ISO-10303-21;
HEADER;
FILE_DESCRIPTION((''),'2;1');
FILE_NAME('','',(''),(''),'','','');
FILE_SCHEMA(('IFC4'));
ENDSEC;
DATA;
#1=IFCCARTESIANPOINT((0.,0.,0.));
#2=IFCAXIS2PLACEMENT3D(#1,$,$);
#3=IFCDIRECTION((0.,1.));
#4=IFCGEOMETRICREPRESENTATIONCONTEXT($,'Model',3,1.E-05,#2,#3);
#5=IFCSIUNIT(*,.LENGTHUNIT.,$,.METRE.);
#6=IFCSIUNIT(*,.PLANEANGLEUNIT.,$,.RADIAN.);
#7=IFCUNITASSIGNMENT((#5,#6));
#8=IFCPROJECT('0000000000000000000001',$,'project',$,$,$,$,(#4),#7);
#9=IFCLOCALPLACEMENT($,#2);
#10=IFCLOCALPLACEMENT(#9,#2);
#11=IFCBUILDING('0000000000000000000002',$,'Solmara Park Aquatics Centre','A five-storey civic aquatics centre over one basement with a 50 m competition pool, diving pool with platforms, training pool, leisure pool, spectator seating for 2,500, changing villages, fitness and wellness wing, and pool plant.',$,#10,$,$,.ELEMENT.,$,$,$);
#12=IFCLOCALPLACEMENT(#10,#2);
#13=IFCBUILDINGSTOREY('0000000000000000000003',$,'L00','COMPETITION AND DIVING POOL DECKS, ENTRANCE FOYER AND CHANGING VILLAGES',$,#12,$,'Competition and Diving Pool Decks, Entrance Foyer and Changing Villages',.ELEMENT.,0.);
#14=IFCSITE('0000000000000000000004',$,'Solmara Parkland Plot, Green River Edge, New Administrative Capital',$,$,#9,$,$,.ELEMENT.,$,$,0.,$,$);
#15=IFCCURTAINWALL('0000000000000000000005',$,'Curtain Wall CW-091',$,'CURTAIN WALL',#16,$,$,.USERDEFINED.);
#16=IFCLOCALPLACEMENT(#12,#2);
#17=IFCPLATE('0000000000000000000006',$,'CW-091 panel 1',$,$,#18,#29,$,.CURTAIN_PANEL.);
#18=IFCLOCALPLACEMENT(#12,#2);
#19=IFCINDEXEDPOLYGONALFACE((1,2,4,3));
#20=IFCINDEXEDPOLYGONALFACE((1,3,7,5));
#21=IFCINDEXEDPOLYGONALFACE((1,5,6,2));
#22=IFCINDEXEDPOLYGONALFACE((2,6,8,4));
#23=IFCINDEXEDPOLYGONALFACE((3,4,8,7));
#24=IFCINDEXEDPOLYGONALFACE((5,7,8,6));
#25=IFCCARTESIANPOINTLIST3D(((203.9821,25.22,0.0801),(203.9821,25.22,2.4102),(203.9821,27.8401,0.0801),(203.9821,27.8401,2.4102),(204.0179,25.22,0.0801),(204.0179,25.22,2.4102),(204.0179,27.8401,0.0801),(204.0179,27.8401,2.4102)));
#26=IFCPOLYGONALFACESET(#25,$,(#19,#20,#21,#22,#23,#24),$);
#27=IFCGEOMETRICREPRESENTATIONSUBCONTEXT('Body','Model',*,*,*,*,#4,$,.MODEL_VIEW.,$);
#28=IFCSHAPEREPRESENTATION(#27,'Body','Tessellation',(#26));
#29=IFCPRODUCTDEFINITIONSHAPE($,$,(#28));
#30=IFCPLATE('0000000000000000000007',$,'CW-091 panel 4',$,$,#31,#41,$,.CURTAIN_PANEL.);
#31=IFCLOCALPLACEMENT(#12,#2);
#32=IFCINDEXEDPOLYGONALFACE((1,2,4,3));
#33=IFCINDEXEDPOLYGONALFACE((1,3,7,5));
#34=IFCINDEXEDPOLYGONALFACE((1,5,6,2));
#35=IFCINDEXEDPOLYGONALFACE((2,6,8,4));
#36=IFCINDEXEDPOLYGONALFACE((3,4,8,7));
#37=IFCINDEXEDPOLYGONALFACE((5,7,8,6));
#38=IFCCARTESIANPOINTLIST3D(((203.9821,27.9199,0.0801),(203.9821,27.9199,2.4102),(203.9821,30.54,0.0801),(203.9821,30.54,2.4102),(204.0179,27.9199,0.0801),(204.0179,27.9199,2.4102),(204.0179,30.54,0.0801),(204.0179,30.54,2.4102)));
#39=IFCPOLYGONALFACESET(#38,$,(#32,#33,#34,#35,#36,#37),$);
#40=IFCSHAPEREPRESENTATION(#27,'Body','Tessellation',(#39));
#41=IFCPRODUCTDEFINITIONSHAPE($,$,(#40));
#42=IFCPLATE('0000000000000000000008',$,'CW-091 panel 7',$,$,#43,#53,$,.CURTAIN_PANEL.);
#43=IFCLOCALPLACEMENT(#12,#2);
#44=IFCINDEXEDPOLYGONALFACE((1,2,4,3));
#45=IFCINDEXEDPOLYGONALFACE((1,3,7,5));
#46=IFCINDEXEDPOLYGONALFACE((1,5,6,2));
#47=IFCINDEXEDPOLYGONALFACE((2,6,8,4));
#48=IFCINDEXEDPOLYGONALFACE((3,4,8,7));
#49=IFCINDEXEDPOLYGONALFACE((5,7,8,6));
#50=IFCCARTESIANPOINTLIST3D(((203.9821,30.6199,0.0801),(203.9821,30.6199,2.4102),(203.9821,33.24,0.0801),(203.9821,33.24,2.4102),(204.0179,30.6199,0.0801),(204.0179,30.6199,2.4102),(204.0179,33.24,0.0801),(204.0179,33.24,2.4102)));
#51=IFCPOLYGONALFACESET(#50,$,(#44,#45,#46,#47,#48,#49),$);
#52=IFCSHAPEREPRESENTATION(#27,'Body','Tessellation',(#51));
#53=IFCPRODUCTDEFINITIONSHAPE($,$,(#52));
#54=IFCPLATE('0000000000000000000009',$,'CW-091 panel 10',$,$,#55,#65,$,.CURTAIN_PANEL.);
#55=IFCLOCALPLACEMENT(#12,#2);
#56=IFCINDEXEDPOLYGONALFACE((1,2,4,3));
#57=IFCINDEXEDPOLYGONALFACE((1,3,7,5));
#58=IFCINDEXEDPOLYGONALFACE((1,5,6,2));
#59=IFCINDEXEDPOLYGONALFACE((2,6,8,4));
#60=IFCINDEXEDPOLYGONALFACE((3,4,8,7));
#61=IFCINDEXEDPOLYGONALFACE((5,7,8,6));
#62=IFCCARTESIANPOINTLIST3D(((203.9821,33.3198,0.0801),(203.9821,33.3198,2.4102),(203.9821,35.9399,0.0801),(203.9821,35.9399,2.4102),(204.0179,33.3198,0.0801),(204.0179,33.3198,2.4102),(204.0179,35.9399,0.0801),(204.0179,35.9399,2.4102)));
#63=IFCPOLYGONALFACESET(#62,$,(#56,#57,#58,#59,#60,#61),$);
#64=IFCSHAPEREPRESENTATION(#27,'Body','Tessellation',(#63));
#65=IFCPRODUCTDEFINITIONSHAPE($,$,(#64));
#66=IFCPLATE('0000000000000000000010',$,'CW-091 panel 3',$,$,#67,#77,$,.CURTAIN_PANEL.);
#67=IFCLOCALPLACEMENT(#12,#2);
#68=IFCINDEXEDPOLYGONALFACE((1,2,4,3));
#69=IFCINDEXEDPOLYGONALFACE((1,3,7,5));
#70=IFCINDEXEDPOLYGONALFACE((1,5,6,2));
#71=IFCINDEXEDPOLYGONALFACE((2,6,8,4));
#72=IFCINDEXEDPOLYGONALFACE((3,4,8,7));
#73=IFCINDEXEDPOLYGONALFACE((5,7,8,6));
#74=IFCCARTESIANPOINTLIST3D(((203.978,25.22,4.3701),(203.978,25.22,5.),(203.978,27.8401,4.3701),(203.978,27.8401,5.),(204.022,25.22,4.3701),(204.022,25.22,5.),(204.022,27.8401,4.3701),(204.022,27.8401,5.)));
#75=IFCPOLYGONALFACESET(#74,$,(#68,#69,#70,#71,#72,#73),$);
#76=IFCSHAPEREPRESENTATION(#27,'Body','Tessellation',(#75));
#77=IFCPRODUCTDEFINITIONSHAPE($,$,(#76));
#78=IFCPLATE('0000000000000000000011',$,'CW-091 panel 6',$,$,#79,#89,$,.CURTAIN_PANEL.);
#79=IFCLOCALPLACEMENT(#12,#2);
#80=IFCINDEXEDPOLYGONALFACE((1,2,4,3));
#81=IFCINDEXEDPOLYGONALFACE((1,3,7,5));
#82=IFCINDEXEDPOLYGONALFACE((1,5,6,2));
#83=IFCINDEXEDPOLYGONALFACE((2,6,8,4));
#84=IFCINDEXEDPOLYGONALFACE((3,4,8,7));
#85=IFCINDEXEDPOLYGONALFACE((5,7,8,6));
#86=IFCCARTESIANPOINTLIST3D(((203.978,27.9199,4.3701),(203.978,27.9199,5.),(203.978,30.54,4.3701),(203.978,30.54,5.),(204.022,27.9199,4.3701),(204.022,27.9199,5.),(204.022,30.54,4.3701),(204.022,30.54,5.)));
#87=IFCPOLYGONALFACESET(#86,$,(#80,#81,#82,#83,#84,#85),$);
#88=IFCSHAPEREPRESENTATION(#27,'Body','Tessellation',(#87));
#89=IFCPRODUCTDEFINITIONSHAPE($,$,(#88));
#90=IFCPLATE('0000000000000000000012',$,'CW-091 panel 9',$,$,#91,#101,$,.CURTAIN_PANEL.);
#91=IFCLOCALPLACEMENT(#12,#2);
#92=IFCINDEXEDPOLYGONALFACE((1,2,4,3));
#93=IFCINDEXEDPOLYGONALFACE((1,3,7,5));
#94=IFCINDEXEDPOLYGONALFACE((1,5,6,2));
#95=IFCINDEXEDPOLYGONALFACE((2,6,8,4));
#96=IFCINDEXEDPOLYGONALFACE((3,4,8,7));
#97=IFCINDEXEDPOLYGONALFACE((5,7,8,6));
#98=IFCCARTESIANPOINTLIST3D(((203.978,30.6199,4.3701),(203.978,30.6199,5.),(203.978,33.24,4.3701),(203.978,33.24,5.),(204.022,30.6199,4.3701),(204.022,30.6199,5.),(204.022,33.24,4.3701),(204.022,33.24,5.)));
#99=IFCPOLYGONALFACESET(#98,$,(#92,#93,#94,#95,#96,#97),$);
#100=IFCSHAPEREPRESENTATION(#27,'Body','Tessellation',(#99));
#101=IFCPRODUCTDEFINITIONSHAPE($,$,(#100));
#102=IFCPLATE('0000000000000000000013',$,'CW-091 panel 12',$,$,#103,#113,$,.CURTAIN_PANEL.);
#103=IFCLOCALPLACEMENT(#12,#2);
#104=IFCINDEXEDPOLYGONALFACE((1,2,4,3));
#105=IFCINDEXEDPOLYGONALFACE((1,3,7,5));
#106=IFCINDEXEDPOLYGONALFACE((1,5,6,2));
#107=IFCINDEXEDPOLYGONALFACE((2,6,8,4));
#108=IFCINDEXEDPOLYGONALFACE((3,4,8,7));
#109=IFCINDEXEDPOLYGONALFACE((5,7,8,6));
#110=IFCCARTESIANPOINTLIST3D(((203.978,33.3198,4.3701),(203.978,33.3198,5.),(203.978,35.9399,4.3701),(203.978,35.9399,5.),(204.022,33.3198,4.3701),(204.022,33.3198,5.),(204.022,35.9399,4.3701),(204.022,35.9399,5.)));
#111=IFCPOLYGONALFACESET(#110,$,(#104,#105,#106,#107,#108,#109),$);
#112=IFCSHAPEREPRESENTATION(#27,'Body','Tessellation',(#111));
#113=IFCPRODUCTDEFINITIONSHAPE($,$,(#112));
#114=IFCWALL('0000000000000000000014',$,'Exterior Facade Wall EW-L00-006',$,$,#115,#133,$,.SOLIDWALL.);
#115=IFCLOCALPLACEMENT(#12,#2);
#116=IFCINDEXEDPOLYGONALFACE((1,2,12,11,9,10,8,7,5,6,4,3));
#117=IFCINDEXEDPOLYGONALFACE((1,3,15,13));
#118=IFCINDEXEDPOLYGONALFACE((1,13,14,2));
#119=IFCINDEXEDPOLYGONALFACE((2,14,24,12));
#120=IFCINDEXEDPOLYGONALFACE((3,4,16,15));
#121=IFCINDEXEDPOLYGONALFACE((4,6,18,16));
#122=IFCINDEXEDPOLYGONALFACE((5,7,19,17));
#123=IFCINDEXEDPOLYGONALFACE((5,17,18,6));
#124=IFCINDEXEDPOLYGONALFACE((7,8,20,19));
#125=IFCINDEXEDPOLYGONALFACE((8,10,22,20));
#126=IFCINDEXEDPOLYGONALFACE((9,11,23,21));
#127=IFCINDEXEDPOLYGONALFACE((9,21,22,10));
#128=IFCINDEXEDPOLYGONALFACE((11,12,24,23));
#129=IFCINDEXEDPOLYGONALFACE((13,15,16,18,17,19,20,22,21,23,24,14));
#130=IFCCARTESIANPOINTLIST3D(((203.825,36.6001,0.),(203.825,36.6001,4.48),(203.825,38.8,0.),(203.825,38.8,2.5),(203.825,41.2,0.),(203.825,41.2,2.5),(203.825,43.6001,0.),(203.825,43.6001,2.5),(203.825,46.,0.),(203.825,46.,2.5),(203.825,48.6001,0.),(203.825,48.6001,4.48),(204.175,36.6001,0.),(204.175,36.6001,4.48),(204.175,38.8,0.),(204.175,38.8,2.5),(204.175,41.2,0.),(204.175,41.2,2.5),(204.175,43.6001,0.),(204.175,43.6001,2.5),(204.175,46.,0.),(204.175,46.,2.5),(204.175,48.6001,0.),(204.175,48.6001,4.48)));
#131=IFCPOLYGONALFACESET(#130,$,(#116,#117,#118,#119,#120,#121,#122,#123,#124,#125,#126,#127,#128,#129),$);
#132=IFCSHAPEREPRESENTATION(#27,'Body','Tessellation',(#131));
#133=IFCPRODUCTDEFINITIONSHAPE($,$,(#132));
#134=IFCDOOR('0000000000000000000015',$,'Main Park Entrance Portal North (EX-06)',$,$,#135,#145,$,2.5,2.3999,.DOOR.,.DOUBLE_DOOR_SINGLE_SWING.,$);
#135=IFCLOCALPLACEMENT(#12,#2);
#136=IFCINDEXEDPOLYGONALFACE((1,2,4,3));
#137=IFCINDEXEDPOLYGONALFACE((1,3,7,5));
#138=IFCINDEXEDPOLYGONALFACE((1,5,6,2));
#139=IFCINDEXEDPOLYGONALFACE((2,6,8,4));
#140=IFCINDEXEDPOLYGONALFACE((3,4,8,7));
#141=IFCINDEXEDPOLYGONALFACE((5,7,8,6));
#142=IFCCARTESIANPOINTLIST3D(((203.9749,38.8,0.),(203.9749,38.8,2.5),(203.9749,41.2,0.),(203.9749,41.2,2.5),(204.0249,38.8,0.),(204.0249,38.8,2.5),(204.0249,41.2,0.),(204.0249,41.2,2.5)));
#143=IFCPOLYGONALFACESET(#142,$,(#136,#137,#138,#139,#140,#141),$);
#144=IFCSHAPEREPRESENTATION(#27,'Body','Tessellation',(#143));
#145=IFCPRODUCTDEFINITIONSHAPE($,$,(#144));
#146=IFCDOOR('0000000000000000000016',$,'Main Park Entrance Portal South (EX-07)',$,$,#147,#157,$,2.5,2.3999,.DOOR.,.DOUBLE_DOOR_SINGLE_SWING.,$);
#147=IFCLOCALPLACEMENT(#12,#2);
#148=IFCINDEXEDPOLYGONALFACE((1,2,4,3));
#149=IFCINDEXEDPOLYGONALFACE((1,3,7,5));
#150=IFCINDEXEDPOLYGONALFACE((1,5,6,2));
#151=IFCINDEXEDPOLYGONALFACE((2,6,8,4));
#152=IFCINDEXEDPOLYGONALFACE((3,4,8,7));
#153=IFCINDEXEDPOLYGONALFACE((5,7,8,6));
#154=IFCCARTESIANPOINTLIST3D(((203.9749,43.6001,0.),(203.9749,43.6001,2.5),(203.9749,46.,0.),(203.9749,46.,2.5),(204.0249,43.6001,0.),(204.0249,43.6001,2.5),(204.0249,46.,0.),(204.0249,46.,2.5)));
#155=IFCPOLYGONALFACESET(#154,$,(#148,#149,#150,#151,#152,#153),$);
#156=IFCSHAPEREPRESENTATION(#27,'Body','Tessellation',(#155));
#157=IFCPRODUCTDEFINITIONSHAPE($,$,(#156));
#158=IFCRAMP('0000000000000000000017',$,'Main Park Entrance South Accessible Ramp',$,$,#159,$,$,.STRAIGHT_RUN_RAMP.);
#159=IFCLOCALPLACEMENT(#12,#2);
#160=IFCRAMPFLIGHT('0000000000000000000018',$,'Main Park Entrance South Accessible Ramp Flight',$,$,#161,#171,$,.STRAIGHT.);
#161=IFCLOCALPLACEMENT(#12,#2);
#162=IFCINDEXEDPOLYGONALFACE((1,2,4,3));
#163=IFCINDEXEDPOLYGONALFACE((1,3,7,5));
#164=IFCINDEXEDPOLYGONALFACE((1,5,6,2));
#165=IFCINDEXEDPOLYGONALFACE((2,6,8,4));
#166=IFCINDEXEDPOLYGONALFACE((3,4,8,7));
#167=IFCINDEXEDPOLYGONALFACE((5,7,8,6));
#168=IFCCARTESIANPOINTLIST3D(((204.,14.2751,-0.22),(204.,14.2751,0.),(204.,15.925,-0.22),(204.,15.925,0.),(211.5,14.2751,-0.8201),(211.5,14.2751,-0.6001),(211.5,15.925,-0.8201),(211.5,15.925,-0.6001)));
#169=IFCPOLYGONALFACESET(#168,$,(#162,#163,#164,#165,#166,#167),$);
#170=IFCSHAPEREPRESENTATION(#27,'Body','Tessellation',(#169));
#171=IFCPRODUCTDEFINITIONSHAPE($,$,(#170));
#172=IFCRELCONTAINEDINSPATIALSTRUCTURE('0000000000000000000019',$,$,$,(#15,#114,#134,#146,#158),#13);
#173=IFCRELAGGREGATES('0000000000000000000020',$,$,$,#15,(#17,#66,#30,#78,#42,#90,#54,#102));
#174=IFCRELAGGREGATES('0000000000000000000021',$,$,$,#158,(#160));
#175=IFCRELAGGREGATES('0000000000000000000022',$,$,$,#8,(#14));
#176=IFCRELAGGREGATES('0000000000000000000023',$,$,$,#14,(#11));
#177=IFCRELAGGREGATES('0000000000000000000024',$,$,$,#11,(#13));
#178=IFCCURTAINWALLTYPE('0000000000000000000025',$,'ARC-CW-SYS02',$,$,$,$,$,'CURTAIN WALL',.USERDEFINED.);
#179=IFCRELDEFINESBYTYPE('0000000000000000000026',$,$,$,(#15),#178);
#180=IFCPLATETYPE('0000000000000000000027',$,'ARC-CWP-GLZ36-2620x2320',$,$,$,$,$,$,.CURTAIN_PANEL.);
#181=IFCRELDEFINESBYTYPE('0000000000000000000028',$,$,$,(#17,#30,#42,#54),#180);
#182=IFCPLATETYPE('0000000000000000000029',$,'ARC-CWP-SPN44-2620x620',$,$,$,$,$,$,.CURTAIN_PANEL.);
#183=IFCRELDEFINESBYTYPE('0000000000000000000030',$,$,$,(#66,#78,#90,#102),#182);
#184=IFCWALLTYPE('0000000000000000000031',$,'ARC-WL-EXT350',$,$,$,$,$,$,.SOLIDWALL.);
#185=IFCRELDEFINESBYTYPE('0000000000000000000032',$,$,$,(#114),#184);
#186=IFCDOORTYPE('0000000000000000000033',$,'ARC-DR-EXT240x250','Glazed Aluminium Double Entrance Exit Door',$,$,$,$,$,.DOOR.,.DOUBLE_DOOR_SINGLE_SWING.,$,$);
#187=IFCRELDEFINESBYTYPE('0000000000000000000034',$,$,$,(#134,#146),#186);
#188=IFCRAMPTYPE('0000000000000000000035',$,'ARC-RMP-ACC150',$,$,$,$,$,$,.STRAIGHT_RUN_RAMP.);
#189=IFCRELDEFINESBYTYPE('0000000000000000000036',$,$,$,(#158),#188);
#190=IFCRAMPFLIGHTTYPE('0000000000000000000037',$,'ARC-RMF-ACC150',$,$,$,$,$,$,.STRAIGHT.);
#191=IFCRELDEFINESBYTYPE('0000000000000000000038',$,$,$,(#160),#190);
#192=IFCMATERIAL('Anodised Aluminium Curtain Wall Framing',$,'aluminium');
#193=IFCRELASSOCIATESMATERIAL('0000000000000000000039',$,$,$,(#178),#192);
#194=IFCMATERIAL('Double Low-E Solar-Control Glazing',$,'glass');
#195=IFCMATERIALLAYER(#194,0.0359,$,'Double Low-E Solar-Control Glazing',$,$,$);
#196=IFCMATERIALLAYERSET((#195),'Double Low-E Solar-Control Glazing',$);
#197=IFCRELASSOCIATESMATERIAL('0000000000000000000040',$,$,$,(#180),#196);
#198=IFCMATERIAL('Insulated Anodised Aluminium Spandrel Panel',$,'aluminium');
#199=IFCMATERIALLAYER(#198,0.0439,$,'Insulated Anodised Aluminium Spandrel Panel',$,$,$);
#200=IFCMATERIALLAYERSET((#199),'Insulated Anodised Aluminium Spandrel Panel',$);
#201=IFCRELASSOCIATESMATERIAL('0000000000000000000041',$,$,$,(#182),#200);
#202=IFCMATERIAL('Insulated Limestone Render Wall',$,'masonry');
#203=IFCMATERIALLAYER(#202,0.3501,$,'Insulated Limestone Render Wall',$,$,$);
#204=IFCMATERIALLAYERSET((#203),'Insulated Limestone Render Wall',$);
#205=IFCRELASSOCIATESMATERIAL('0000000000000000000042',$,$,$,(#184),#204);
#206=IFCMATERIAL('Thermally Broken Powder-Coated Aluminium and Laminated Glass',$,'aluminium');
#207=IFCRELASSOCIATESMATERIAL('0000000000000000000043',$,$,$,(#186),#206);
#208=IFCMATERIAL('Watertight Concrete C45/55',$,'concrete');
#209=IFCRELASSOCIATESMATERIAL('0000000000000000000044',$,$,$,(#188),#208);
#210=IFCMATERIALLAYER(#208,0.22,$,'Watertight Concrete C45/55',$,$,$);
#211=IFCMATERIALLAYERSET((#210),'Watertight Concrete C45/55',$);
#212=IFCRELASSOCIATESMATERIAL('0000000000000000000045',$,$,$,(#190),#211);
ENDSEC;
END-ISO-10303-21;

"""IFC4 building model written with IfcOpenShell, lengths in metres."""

from ifc_helpers import new_model, si_unit, direction, frame, frame_2d, origin, origin_2d, place, context, subcontext, project, spatial, polyline, rectangle, outline, extrude, material, layer, layer_set, type_object, element, fill, aggregate, save


model = new_model("IFC4")

# Units and contexts
model_context = context("Model", 3, precision=1e-05, world=origin(), true_north=direction((0.0, 1.0)))
body_context = subcontext(model_context, "Body", "Model", "MODEL_VIEW")
ifc_project = project(units=[si_unit("LENGTHUNIT", "METRE"), si_unit("PLANEANGLEUNIT", "RADIAN")], contexts=[model_context])

# Site, building, storey
site_placement = place(None, origin())
site = spatial("IfcSite", under=ifc_project, at=site_placement, Name="Solmara Parkland Plot, Green River Edge, New Administrative Capital", CompositionType="ELEMENT", RefElevation=0.0)
building_placement = place(site_placement, origin())
building = spatial("IfcBuilding", under=site, at=building_placement, Name="Solmara Park Aquatics Centre", Description="A five-storey civic aquatics centre over one basement with a 50 m competition pool, diving pool with platforms, training pool, leisure pool, spectator seating for 2,500, changing villages, fitness and wellness wing, and pool plant.", CompositionType="ELEMENT")
storey_placement = place(building_placement, origin())
storey = spatial("IfcBuildingStorey", under=building, at=storey_placement, Name="L00", Description="COMPETITION AND DIVING POOL DECKS, ENTRANCE FOYER AND CHANGING VILLAGES", LongName="Competition and Diving Pool Decks, Entrance Foyer and Changing Villages", CompositionType="ELEMENT", Elevation=0.0)

# Curtain wall
ifc_material_1 = material(Name="Anodised Aluminium Curtain Wall Framing", Category="aluminium")
curtain_wall_type = type_object("IfcCurtainWallType", Name="ARC-CW-SYS02", ElementType="CURTAIN WALL", PredefinedType="USERDEFINED", material=ifc_material_1)
curtain_wall_placement = place(storey_placement, origin())
curtain_wall = element("IfcCurtainWall", 1, at=curtain_wall_placement, inside=storey, type_object=curtain_wall_type, Name="Curtain Wall CW-091", ObjectType="CURTAIN WALL", PredefinedType="USERDEFINED")

# Plates
ifc_material_2 = material(Name="Double Low-E Solar-Control Glazing", Category="glass")
ifc_layer_1 = layer(ifc_material_2, 0.0359, Name="Double Low-E Solar-Control Glazing")
ifc_layer_set_1 = layer_set([ifc_layer_1], Name="Double Low-E Solar-Control Glazing")
plate_type_1 = type_object("IfcPlateType", Name="ARC-CWP-GLZ36-2620x2320", PredefinedType="CURTAIN_PANEL", material=ifc_layer_set_1)
plate_1_placement = place(storey_placement, frame((204.0, 26.53, 0.0801), z_axis=(0.0, 0.0, 1.0), x_axis=(0.0, 1.0, 0.0)))
plate_1 = element("IfcPlate", 2, at=plate_1_placement, type_object=plate_type_1, Name="CW-091 panel 1", PredefinedType="CURTAIN_PANEL", context=body_context, shape_type="SweptSolid", body=[
    extrude(rectangle(XDim=2.6201, YDim=0.0359, at=origin_2d()), origin(), (0.0, 0.0, 1.0), 2.3301),
])
plate_2_placement = place(storey_placement, frame((204.0, 29.23, 0.0801), z_axis=(0.0, 0.0, 1.0), x_axis=(0.0, 1.0, 0.0)))
plate_2 = element("IfcPlate", 3, at=plate_2_placement, type_object=plate_type_1, Name="CW-091 panel 4", PredefinedType="CURTAIN_PANEL", context=body_context, shape_type="SweptSolid", body=[
    extrude(rectangle(XDim=2.6201, YDim=0.0359, at=origin_2d()), origin(), (0.0, 0.0, 1.0), 2.3301),
])
plate_3_placement = place(storey_placement, frame((204.0, 31.9299, 0.0801), z_axis=(0.0, 0.0, 1.0), x_axis=(0.0, 1.0, 0.0)))
plate_3 = element("IfcPlate", 4, at=plate_3_placement, type_object=plate_type_1, Name="CW-091 panel 7", PredefinedType="CURTAIN_PANEL", context=body_context, shape_type="SweptSolid", body=[
    extrude(rectangle(XDim=2.6201, YDim=0.0359, at=origin_2d()), origin(), (0.0, 0.0, 1.0), 2.3301),
])
plate_4_placement = place(storey_placement, frame((204.0, 34.6299, 0.0801), z_axis=(0.0, 0.0, 1.0), x_axis=(0.0, 1.0, 0.0)))
plate_4 = element("IfcPlate", 5, at=plate_4_placement, type_object=plate_type_1, Name="CW-091 panel 10", PredefinedType="CURTAIN_PANEL", context=body_context, shape_type="SweptSolid", body=[
    extrude(rectangle(XDim=2.6201, YDim=0.0359, at=origin_2d()), origin(), (0.0, 0.0, 1.0), 2.3301),
])
ifc_material_3 = material(Name="Insulated Anodised Aluminium Spandrel Panel", Category="aluminium")
ifc_layer_2 = layer(ifc_material_3, 0.0439, Name="Insulated Anodised Aluminium Spandrel Panel")
ifc_layer_set_2 = layer_set([ifc_layer_2], Name="Insulated Anodised Aluminium Spandrel Panel")
plate_type_2 = type_object("IfcPlateType", Name="ARC-CWP-SPN44-2620x620", PredefinedType="CURTAIN_PANEL", material=ifc_layer_set_2)
plate_5_placement = place(storey_placement, frame((204.0, 26.53, 4.3701), z_axis=(0.0, 0.0, 1.0), x_axis=(0.0, 1.0, 0.0)))
plate_5 = element("IfcPlate", 6, at=plate_5_placement, type_object=plate_type_2, Name="CW-091 panel 3", PredefinedType="CURTAIN_PANEL", context=body_context, shape_type="SweptSolid", body=[
    extrude(rectangle(XDim=2.6201, YDim=0.0439, at=origin_2d()), origin(), (0.0, 0.0, 1.0), 0.6299),
])
plate_6_placement = place(storey_placement, frame((204.0, 29.23, 4.3701), z_axis=(0.0, 0.0, 1.0), x_axis=(0.0, 1.0, 0.0)))
plate_6 = element("IfcPlate", 7, at=plate_6_placement, type_object=plate_type_2, Name="CW-091 panel 6", PredefinedType="CURTAIN_PANEL", context=body_context, shape_type="SweptSolid", body=[
    extrude(rectangle(XDim=2.6201, YDim=0.0439, at=origin_2d()), origin(), (0.0, 0.0, 1.0), 0.6299),
])
plate_7_placement = place(storey_placement, frame((204.0, 31.9299, 4.3701), z_axis=(0.0, 0.0, 1.0), x_axis=(0.0, 1.0, 0.0)))
plate_7 = element("IfcPlate", 8, at=plate_7_placement, type_object=plate_type_2, Name="CW-091 panel 9", PredefinedType="CURTAIN_PANEL", context=body_context, shape_type="SweptSolid", body=[
    extrude(rectangle(XDim=2.6201, YDim=0.0439, at=origin_2d()), origin(), (0.0, 0.0, 1.0), 0.6299),
])
plate_8_placement = place(storey_placement, frame((204.0, 34.6299, 4.3701), z_axis=(0.0, 0.0, 1.0), x_axis=(0.0, 1.0, 0.0)))
plate_8 = element("IfcPlate", 9, at=plate_8_placement, type_object=plate_type_2, Name="CW-091 panel 12", PredefinedType="CURTAIN_PANEL", context=body_context, shape_type="SweptSolid", body=[
    extrude(rectangle(XDim=2.6201, YDim=0.0439, at=origin_2d()), origin(), (0.0, 0.0, 1.0), 0.6299),
])
aggregate(curtain_wall, [plate_1, plate_5, plate_2, plate_6, plate_3, plate_7, plate_4, plate_8])

# Wall, openings, doors
ifc_material_4 = material(Name="Insulated Limestone Render Wall", Category="masonry")
ifc_layer_3 = layer(ifc_material_4, 0.3501, Name="Insulated Limestone Render Wall")
ifc_layer_set_3 = layer_set([ifc_layer_3], Name="Insulated Limestone Render Wall")
wall_type = type_object("IfcWallType", Name="ARC-WL-EXT350", PredefinedType="SOLIDWALL", material=ifc_layer_set_3)
wall_placement = place(storey_placement, frame((204.0, 36.6001, 0.0), z_axis=(0.0, 0.0, 1.0), x_axis=(0.0, 1.0, 0.0)))
wall = element("IfcWall", 10, at=wall_placement, inside=storey, type_object=wall_type, Name="Exterior Facade Wall EW-L00-006", PredefinedType="SOLIDWALL", context=body_context, shape_type="SweptSolid", body=[
    extrude(rectangle(XDim=12.0, YDim=0.3501, at=frame_2d((6.0, 0.0))), origin(), (0.0, 0.0, 1.0), 4.48),
])
opening_1_placement = place(wall_placement, frame((2.2, 0.0, 0.0)))
opening_1 = element("IfcOpeningElement", 11, at=opening_1_placement, cuts=wall, PredefinedType="OPENING", context=body_context, shape_type="SweptSolid", body=[
    extrude(rectangle(XDim=2.3999, YDim=2.5, at=frame_2d((1.2, 1.25))), frame((0.0, 0.1851, 0.0), z_axis=(0.0, -1.0, 0.0), x_axis=(1.0, 0.0, 0.0)), (0.0, 0.0, 1.0), 0.3701),
])
opening_2_placement = place(wall_placement, frame((7.0, 0.0, 0.0)))
opening_2 = element("IfcOpeningElement", 12, at=opening_2_placement, cuts=wall, PredefinedType="OPENING", context=body_context, shape_type="SweptSolid", body=[
    extrude(rectangle(XDim=2.3999, YDim=2.5, at=frame_2d((1.2, 1.25))), frame((0.0, 0.1851, 0.0), z_axis=(0.0, -1.0, 0.0), x_axis=(1.0, 0.0, 0.0)), (0.0, 0.0, 1.0), 0.3701),
])
ifc_material_5 = material(Name="Thermally Broken Powder-Coated Aluminium and Laminated Glass", Category="aluminium")
door_type = type_object("IfcDoorType", Name="ARC-DR-EXT240x250", Description="Glazed Aluminium Double Entrance Exit Door", OperationType="DOUBLE_DOOR_SINGLE_SWING", PredefinedType="DOOR", material=ifc_material_5)
door_1_placement = place(opening_1_placement, frame((2.3999, 0.0, 0.0), z_axis=(0.0, 0.0, 1.0), x_axis=(-1.0, 0.0, 0.0)))
door_1 = element("IfcDoor", 13, at=door_1_placement, inside=storey, type_object=door_type, Name="Main Park Entrance Portal North (EX-06)", OperationType="DOUBLE_DOOR_SINGLE_SWING", OverallHeight=2.5, OverallWidth=2.3999, PredefinedType="DOOR", context=body_context, shape_type="SweptSolid", body=[
    extrude(rectangle(XDim=2.3999, YDim=2.5, at=frame_2d((1.2, 1.25))), frame((0.0, 0.0249, 0.0), z_axis=(0.0, -1.0, 0.0), x_axis=(1.0, 0.0, 0.0)), (0.0, 0.0, 1.0), 0.05),
])
fill(opening_1, door_1)
door_2_placement = place(opening_2_placement, frame((2.3999, 0.0, 0.0), z_axis=(0.0, 0.0, 1.0), x_axis=(-1.0, 0.0, 0.0)))
door_2 = element("IfcDoor", 14, at=door_2_placement, inside=storey, type_object=door_type, Name="Main Park Entrance Portal South (EX-07)", OperationType="DOUBLE_DOOR_SINGLE_SWING", OverallHeight=2.5, OverallWidth=2.3999, PredefinedType="DOOR", context=body_context, shape_type="SweptSolid", body=[
    extrude(rectangle(XDim=2.3999, YDim=2.5, at=frame_2d((1.2, 1.25))), frame((0.0, 0.0249, 0.0), z_axis=(0.0, -1.0, 0.0), x_axis=(1.0, 0.0, 0.0)), (0.0, 0.0, 1.0), 0.05),
])
fill(opening_2, door_2)

# Ramp, ramp flight
ifc_material_6 = material(Name="Watertight Concrete C45/55", Category="concrete")
ramp_type = type_object("IfcRampType", Name="ARC-RMP-ACC150", PredefinedType="STRAIGHT_RUN_RAMP", material=ifc_material_6)
ramp_placement = place(storey_placement, origin())
ramp = element("IfcRamp", 15, at=ramp_placement, inside=storey, type_object=ramp_type, Name="Main Park Entrance South Accessible Ramp", PredefinedType="STRAIGHT_RUN_RAMP")
ifc_layer_4 = layer(ifc_material_6, 0.22, Name="Watertight Concrete C45/55")
ifc_layer_set_4 = layer_set([ifc_layer_4], Name="Watertight Concrete C45/55")
ramp_flight_type = type_object("IfcRampFlightType", Name="ARC-RMF-ACC150", PredefinedType="STRAIGHT", material=ifc_layer_set_4)
ramp_flight_placement = place(storey_placement, frame((211.5, 15.1001, -0.6001), z_axis=(0.0, 0.0, 1.0), x_axis=(-1.0, 0.0, 0.0)))
ramp_flight = element("IfcRampFlight", 16, at=ramp_flight_placement, type_object=ramp_flight_type, Name="Main Park Entrance South Accessible Ramp Flight", PredefinedType="STRAIGHT", context=body_context, shape_type="SweptSolid", body=[
    extrude(outline(polyline([(0.0, 0.0), (0.0, -0.22), (7.5, 0.3801), (7.5, 0.6001), (0.0, 0.0)])), frame((0.0, 0.825, 0.0), z_axis=(0.0, -1.0, 0.0), x_axis=(1.0, 0.0, 0.0)), (0.0, 0.0, 1.0), 1.6499),
])
aggregate(ramp, [ramp_flight])

save(model, "model.ifc")
